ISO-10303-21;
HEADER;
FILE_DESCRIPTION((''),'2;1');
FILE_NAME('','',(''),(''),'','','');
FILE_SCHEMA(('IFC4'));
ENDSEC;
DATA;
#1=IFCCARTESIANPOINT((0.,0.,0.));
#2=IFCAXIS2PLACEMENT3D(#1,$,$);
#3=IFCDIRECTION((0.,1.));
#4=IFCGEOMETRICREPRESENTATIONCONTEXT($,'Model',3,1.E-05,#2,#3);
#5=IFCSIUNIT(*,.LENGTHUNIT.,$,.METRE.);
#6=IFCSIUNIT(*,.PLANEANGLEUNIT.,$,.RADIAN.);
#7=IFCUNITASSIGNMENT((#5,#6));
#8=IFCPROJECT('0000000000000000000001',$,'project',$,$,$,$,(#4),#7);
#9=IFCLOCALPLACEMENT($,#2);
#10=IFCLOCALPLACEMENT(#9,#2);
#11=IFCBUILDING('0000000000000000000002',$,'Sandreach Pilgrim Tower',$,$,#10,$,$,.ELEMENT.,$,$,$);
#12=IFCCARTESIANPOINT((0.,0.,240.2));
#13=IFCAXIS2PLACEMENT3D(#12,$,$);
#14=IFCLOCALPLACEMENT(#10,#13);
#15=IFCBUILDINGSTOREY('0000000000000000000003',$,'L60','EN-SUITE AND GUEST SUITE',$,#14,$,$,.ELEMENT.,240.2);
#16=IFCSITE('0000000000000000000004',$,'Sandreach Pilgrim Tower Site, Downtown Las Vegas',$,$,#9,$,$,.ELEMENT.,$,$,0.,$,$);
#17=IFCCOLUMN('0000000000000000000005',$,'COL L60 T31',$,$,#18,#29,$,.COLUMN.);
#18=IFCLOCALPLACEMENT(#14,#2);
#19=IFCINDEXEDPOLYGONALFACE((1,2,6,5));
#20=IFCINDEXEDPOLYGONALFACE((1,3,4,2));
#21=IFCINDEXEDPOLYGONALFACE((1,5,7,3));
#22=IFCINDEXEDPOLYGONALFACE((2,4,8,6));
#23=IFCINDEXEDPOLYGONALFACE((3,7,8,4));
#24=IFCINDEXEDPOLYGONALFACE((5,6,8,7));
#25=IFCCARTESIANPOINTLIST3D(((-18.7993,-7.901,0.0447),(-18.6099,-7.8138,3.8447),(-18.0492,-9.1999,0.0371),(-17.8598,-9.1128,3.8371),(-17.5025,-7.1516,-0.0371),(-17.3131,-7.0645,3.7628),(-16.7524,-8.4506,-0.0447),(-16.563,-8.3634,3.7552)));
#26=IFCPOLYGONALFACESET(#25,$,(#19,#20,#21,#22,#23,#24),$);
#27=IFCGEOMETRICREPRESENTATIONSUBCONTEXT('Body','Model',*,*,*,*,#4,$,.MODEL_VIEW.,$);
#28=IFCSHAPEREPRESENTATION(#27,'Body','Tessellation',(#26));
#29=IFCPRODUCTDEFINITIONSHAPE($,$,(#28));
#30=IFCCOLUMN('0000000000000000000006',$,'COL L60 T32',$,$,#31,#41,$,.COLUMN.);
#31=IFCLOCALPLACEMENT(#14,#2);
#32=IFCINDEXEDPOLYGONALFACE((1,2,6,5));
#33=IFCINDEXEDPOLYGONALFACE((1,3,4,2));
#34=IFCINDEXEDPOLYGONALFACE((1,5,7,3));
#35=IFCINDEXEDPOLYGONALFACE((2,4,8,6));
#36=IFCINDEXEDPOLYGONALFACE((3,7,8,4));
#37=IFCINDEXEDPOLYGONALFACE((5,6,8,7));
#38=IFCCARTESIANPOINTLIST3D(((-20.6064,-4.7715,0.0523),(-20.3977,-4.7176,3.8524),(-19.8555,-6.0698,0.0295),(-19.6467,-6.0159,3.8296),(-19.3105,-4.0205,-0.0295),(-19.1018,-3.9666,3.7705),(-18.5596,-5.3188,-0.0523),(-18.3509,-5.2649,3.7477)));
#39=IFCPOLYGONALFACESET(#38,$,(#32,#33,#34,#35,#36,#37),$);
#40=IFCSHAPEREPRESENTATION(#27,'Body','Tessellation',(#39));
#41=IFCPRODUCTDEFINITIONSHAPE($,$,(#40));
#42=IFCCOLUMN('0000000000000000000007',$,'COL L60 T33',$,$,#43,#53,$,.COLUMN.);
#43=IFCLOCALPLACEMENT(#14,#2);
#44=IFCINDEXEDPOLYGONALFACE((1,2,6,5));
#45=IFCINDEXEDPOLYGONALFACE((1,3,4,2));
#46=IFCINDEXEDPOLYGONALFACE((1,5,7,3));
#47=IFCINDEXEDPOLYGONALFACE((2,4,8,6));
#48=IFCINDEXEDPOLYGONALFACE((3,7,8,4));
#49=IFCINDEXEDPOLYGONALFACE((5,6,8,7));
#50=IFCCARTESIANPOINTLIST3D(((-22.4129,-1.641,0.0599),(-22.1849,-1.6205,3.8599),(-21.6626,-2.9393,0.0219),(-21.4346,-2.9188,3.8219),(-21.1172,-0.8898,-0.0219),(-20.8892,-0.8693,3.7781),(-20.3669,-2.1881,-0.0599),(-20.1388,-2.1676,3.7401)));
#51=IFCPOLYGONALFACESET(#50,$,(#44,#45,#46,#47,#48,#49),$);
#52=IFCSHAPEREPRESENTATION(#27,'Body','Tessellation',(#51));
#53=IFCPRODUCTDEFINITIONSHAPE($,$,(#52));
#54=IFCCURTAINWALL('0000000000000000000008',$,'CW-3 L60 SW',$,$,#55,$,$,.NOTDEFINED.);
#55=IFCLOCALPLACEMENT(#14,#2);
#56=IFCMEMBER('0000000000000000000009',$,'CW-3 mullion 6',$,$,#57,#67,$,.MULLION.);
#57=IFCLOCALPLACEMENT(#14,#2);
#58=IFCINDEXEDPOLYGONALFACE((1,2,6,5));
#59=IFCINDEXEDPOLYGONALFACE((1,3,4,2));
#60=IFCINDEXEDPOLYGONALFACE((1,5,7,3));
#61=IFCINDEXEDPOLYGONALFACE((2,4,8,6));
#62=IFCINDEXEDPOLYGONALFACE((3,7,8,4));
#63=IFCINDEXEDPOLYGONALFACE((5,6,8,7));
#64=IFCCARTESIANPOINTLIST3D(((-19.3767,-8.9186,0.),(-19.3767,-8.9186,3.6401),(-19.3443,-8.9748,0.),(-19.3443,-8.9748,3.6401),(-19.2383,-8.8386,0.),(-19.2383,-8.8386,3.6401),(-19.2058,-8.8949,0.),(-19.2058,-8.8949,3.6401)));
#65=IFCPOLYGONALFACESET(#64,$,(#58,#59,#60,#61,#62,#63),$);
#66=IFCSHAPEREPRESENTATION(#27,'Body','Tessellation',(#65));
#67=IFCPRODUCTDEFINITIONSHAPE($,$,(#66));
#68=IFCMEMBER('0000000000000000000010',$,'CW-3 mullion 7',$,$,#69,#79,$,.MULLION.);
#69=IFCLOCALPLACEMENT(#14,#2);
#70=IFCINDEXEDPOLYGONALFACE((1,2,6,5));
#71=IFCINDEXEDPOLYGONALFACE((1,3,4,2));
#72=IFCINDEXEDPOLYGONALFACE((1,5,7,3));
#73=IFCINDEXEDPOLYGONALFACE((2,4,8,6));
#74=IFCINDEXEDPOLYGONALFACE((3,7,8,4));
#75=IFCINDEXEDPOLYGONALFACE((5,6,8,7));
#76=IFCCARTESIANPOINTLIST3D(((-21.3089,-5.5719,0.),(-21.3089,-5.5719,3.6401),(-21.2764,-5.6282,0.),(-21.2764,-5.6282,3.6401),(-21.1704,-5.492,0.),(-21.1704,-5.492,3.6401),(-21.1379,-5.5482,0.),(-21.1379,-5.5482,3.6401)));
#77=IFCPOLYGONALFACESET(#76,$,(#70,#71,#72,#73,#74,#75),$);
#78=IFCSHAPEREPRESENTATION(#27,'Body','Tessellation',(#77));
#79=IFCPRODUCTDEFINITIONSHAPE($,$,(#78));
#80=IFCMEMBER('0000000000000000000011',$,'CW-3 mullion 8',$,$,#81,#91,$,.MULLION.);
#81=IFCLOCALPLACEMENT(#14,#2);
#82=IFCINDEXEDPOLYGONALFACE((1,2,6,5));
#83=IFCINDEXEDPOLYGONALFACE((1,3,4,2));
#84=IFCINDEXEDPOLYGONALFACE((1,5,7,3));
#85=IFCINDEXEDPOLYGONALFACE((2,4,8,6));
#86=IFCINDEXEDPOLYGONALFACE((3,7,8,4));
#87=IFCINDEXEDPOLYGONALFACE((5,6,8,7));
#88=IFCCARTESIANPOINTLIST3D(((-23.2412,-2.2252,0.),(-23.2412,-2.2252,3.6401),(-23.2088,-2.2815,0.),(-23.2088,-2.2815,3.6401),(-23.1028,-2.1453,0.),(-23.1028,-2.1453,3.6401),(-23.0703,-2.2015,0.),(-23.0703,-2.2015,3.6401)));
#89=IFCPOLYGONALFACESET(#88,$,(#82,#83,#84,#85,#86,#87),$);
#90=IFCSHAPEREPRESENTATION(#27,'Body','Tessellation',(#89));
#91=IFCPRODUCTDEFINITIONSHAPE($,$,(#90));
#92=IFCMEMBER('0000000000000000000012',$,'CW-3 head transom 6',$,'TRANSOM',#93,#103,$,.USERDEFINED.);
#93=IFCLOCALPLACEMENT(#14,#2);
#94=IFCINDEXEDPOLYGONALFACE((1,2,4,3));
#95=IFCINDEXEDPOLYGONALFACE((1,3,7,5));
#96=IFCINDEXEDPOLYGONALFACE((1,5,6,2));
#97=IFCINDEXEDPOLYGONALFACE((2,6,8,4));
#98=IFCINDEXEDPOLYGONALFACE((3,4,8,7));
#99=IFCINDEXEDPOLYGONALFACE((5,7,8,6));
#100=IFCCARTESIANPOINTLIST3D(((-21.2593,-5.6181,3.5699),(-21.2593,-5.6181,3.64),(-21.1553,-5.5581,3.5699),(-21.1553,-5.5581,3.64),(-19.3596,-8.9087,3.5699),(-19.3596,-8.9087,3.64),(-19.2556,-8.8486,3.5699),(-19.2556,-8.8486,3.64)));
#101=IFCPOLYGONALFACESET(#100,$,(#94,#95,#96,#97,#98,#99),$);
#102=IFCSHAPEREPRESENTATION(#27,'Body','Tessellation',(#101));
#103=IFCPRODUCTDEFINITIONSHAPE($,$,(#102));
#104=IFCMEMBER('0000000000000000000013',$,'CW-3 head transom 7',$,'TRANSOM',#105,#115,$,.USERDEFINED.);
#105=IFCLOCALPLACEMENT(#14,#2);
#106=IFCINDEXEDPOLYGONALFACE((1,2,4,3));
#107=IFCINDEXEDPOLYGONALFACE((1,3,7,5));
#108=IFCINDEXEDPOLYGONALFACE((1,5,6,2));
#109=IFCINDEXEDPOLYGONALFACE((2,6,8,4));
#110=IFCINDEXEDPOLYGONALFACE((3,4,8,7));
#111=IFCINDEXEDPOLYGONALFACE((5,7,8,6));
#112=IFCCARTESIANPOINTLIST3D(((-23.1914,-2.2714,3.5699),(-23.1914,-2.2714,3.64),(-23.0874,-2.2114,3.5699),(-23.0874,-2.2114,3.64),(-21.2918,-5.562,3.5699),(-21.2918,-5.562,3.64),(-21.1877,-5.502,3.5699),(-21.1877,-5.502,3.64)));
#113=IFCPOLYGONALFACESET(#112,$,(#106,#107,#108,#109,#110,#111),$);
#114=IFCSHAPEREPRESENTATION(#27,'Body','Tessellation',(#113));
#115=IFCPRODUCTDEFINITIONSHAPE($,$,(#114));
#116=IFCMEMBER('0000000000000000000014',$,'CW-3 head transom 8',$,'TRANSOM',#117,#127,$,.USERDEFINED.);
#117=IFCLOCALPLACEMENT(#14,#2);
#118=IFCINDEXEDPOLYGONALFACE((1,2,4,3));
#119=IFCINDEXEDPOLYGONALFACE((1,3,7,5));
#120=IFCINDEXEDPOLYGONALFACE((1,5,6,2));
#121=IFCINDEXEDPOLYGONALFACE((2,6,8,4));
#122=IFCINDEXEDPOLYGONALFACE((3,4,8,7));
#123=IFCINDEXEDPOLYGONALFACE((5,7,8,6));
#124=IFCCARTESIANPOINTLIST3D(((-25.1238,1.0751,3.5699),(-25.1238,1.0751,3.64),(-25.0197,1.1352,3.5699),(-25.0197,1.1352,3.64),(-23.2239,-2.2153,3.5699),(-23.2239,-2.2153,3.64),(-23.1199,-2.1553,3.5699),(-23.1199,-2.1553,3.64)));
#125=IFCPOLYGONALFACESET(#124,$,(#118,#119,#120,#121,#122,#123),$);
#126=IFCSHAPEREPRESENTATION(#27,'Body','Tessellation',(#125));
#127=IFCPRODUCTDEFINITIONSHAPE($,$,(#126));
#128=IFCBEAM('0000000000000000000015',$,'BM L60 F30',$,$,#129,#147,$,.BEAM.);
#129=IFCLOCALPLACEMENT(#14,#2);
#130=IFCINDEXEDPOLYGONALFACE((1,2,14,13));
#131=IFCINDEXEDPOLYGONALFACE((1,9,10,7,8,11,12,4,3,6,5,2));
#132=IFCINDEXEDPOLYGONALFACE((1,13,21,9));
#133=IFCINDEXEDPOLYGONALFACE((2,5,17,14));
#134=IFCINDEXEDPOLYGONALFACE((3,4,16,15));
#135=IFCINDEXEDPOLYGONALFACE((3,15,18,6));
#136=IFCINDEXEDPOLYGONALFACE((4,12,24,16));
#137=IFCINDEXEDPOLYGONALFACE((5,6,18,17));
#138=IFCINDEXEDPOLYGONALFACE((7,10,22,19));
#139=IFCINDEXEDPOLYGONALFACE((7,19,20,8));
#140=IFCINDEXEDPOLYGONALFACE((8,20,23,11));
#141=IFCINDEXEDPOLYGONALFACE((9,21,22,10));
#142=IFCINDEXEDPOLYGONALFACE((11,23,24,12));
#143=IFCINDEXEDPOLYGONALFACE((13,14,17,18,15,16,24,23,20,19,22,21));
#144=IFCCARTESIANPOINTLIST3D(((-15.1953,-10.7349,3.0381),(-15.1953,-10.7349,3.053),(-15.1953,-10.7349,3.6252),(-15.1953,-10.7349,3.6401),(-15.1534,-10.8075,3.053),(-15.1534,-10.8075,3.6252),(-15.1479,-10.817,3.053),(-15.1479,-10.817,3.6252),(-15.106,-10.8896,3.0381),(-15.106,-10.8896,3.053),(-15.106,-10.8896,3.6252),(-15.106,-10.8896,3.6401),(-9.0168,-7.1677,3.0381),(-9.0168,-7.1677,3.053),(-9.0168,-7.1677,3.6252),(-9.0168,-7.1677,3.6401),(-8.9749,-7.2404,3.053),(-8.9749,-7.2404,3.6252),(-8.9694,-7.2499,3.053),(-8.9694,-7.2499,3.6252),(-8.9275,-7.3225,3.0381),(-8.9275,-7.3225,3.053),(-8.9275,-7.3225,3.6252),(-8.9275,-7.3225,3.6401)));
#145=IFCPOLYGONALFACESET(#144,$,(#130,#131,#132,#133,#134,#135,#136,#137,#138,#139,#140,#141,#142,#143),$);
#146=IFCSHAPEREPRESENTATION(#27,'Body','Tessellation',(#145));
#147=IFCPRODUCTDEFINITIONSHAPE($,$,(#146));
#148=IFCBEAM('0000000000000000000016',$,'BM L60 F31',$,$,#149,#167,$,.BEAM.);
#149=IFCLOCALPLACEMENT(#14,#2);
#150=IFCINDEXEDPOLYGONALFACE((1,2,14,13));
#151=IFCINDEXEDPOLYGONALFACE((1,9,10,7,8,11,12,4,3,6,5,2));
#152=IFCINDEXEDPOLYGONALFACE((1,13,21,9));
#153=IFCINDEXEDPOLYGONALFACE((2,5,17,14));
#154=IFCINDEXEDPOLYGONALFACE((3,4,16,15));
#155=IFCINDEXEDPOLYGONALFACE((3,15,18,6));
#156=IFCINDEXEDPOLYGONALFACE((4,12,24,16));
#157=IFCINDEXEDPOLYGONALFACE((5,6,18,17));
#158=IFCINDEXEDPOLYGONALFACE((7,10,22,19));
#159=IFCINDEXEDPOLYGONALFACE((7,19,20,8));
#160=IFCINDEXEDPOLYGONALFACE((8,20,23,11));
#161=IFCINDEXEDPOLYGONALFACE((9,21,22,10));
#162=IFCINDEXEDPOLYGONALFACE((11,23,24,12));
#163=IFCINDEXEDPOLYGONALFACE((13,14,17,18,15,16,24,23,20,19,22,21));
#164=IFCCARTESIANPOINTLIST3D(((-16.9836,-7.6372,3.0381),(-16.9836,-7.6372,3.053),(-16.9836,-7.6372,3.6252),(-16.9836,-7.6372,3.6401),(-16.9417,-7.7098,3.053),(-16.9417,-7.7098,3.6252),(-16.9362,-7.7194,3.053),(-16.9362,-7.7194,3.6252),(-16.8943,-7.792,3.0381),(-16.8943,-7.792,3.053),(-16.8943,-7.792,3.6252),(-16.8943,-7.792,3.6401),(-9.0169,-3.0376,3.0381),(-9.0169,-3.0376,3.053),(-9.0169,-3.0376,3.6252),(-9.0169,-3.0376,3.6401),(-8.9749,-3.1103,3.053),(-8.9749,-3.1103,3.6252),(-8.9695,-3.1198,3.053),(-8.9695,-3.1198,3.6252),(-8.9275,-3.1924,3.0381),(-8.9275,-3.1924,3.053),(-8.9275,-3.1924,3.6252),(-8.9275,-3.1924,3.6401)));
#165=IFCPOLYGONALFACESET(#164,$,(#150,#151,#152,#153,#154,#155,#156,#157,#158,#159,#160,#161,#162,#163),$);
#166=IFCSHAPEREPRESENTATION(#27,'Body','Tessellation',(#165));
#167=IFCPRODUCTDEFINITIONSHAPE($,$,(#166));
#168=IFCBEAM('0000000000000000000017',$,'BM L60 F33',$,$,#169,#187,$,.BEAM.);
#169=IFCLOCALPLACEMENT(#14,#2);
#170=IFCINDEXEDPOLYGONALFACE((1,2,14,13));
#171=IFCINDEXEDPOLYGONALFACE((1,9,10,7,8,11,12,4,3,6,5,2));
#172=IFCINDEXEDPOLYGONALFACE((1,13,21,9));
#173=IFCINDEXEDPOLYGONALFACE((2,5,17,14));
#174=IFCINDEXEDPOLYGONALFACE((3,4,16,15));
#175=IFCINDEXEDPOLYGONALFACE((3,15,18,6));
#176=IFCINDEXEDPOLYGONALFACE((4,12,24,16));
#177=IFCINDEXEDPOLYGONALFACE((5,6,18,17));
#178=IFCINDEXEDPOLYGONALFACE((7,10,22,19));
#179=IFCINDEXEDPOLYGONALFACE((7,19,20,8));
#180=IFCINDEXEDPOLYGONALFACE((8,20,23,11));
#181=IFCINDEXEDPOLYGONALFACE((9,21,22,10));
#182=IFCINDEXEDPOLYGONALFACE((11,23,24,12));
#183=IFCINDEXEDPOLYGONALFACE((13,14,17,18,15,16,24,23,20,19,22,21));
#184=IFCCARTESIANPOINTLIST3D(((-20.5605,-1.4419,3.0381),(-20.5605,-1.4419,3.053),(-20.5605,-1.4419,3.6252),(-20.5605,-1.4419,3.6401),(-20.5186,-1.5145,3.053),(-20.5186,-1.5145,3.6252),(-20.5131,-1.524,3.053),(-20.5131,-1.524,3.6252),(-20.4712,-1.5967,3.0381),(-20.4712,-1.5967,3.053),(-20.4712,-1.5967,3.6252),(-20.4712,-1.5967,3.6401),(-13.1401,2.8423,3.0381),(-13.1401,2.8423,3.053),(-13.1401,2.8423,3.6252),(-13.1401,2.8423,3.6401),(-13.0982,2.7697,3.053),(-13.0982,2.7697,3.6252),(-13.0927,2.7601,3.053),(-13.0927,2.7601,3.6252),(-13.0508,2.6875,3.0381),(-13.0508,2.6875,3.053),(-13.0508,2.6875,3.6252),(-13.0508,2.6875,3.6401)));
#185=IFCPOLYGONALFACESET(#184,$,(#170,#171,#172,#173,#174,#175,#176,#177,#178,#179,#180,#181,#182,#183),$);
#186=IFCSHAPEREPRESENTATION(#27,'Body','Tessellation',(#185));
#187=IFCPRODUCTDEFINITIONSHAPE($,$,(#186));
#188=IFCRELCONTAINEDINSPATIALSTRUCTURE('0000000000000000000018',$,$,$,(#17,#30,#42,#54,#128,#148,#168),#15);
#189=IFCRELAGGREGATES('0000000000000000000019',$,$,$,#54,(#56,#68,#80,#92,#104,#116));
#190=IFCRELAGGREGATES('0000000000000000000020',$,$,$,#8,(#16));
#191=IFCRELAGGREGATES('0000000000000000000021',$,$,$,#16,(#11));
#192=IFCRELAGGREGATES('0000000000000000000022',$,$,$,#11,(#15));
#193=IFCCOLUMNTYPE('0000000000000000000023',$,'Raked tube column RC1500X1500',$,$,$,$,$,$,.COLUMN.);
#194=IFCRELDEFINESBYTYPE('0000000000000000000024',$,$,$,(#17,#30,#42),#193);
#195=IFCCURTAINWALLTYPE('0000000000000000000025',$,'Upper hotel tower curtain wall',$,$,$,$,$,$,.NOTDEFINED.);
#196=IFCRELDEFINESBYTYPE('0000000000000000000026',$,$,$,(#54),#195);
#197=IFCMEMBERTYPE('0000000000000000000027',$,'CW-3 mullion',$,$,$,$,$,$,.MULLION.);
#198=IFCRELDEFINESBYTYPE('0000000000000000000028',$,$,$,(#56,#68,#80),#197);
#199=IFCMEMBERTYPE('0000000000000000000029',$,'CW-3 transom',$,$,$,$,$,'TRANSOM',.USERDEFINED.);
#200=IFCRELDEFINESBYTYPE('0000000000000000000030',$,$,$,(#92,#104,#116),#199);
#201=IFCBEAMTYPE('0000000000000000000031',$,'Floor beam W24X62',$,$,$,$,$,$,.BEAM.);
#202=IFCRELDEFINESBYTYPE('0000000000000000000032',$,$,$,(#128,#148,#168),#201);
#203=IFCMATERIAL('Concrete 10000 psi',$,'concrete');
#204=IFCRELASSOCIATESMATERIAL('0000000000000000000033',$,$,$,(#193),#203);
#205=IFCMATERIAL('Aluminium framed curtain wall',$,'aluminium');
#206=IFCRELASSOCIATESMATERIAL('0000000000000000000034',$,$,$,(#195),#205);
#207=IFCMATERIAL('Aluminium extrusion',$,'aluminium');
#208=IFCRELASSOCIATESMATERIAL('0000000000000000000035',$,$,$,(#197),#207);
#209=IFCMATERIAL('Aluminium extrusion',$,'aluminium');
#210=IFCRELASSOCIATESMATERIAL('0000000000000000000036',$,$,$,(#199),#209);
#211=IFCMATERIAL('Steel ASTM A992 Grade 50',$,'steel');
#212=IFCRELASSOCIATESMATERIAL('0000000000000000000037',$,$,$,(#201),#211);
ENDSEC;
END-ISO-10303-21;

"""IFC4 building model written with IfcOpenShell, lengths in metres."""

from ifc_helpers import new_model, si_unit, direction, frame, origin, origin_2d, place, context, subcontext, project, spatial, rectangle, i_section, extrude, material, material_profile, profile_set, type_object, element, aggregate, save


model = new_model("IFC4")

# Units and contexts
model_context = context("Model", 3, precision=1e-05, world=origin(), true_north=direction((0.0, 1.0)))
body_context = subcontext(model_context, "Body", "Model", "MODEL_VIEW")
ifc_project = project(units=[si_unit("LENGTHUNIT", "METRE"), si_unit("PLANEANGLEUNIT", "RADIAN")], contexts=[model_context])

# Site, building, storey
site_placement = place(None, origin())
site = spatial("IfcSite", under=ifc_project, at=site_placement, Name="Sandreach Pilgrim Tower Site, Downtown Las Vegas", CompositionType="ELEMENT", RefElevation=0.0)
building_placement = place(site_placement, origin())
building = spatial("IfcBuilding", under=site, at=building_placement, Name="Sandreach Pilgrim Tower", CompositionType="ELEMENT")
storey_placement = place(building_placement, frame((0.0, 0.0, 240.2)))
storey = spatial("IfcBuildingStorey", under=building, at=storey_placement, Name="L60", Description="EN-SUITE AND GUEST SUITE", CompositionType="ELEMENT", Elevation=240.2)

# Columns
ifc_material_1 = material(Name="Concrete 10000 psi", Category="concrete")
ifc_material_profile_1 = material_profile(ifc_material_1, rectangle(XDim=1.5, YDim=1.5, at=origin_2d()), Name="RC1500X1500")
ifc_profile_set_1 = profile_set([ifc_material_profile_1], Name="Concrete 10000 psi")
column_type = type_object("IfcColumnType", Name="Raked tube column RC1500X1500", PredefinedType="COLUMN", material=ifc_profile_set_1)
column_1_placement = place(storey_placement, frame((-17.7759, -8.1758, 0.0), z_axis=(0.049781, 0.022902, 0.998498), x_axis=(-0.86455, -0.499575, 0.054561)))
element("IfcColumn", 1, at=column_1_placement, inside=storey, type_object=column_type, Name="COL L60 T31", PredefinedType="COLUMN", context=body_context, shape_type="SweptSolid", body=[
    extrude(rectangle(XDim=1.5, YDim=1.5, at=origin_2d()), origin(), (0.0, 0.0, 1.0), 3.8057),
])
column_2_placement = place(storey_placement, frame((-19.583, -5.0452, 0.0), z_axis=(0.054843, 0.014176, 0.998394), x_axis=(-0.863919, -0.500666, 0.054565)))
element("IfcColumn", 2, at=column_2_placement, inside=storey, type_object=column_type, Name="COL L60 T32", PredefinedType="COLUMN", context=body_context, shape_type="SweptSolid", body=[
    extrude(rectangle(XDim=1.5, YDim=1.5, at=origin_2d()), origin(), (0.0, 0.0, 1.0), 3.8062),
])
column_3_placement = place(storey_placement, frame((-21.3899, -1.9146, 0.0), z_axis=(0.059898, 0.005387, 0.99819), x_axis=(-0.863829, -0.500825, 0.054538)))
element("IfcColumn", 3, at=column_3_placement, inside=storey, type_object=column_type, Name="COL L60 T33", PredefinedType="COLUMN", context=body_context, shape_type="SweptSolid", body=[
    extrude(rectangle(XDim=1.5, YDim=1.5, at=origin_2d()), origin(), (0.0, 0.0, 1.0), 3.8069),
])

# Curtain wall, members
ifc_material_2 = material(Name="Aluminium framed curtain wall", Category="aluminium")
curtain_wall_type = type_object("IfcCurtainWallType", Name="Upper hotel tower curtain wall", PredefinedType="NOTDEFINED", material=ifc_material_2)
curtain_wall_placement = place(storey_placement, origin())
curtain_wall = element("IfcCurtainWall", 4, at=curtain_wall_placement, inside=storey, type_object=curtain_wall_type, Name="CW-3 L60 SW", PredefinedType="NOTDEFINED")
ifc_material_3 = material(Name="Aluminium extrusion", Category="aluminium")
ifc_material_profile_2 = material_profile(ifc_material_3, rectangle(XDim=0.0649, YDim=0.1599, at=origin_2d()), Name="CW-3M 65X160")
ifc_profile_set_2 = profile_set([ifc_material_profile_2], Name="Aluminium extrusion")
member_type_1 = type_object("IfcMemberType", Name="CW-3 mullion", PredefinedType="MULLION", material=ifc_profile_set_2)
member_1_placement = place(storey_placement, frame((-19.2913, -8.9067, 0.0), z_axis=(0.0, 0.0, 1.0), x_axis=(-0.5, 0.866025, 0.0)))
member_1 = element("IfcMember", 5, at=member_1_placement, type_object=member_type_1, Name="CW-3 mullion 6", PredefinedType="MULLION", context=body_context, shape_type="SweptSolid", body=[
    extrude(rectangle(XDim=0.0649, YDim=0.1599, at=origin_2d()), origin(), (0.0, 0.0, 1.0), 3.6401),
])
member_2_placement = place(storey_placement, frame((-21.2234, -5.5601, 0.0), z_axis=(0.0, 0.0, 1.0), x_axis=(-0.5, 0.866025, 0.0)))
member_2 = element("IfcMember", 6, at=member_2_placement, type_object=member_type_1, Name="CW-3 mullion 7", PredefinedType="MULLION", context=body_context, shape_type="SweptSolid", body=[
    extrude(rectangle(XDim=0.0649, YDim=0.1599, at=origin_2d()), origin(), (0.0, 0.0, 1.0), 3.6401),
])
member_3_placement = place(storey_placement, frame((-23.1558, -2.2134, 0.0), z_axis=(0.0, 0.0, 1.0), x_axis=(-0.5, 0.866025, 0.0)))
member_3 = element("IfcMember", 7, at=member_3_placement, type_object=member_type_1, Name="CW-3 mullion 8", PredefinedType="MULLION", context=body_context, shape_type="SweptSolid", body=[
    extrude(rectangle(XDim=0.0649, YDim=0.1599, at=origin_2d()), origin(), (0.0, 0.0, 1.0), 3.6401),
])
ifc_material_4 = material(Name="Aluminium extrusion", Category="aluminium")
ifc_material_profile_3 = material_profile(ifc_material_4, rectangle(XDim=0.1201, YDim=0.0701, at=origin_2d()), Name="CW-3T 120X70")
ifc_profile_set_3 = profile_set([ifc_material_profile_3], Name="Aluminium extrusion")
member_type_2 = type_object("IfcMemberType", Name="CW-3 transom", ElementType="TRANSOM", PredefinedType="USERDEFINED", material=ifc_profile_set_3)
member_4_placement = place(storey_placement, frame((-19.3076, -8.8787, 3.605), z_axis=(-0.499975, 0.86604, 0.0), x_axis=(-0.86604, -0.499975, 0.0)))
member_4 = element("IfcMember", 8, at=member_4_placement, type_object=member_type_2, Name="CW-3 head transom 6", ObjectType="TRANSOM", PredefinedType="USERDEFINED", context=body_context, shape_type="SweptSolid", body=[
    extrude(rectangle(XDim=0.1201, YDim=0.0701, at=origin_2d()), origin(), (0.0, 0.0, 1.0), 3.7996),
])
member_5_placement = place(storey_placement, frame((-21.2397, -5.532, 3.605), z_axis=(-0.499975, 0.86604, 0.0), x_axis=(-0.86604, -0.499975, 0.0)))
member_5 = element("IfcMember", 9, at=member_5_placement, type_object=member_type_2, Name="CW-3 head transom 7", ObjectType="TRANSOM", PredefinedType="USERDEFINED", context=body_context, shape_type="SweptSolid", body=[
    extrude(rectangle(XDim=0.1201, YDim=0.0701, at=origin_2d()), origin(), (0.0, 0.0, 1.0), 3.7996),
])
member_6_placement = place(storey_placement, frame((-23.1719, -2.1853, 3.605), z_axis=(-0.500023, 0.866012, 0.0), x_axis=(-0.866012, -0.500023, 0.0)))
member_6 = element("IfcMember", 10, at=member_6_placement, type_object=member_type_2, Name="CW-3 head transom 8", ObjectType="TRANSOM", PredefinedType="USERDEFINED", context=body_context, shape_type="SweptSolid", body=[
    extrude(rectangle(XDim=0.1201, YDim=0.0701, at=origin_2d()), origin(), (0.0, 0.0, 1.0), 3.7996),
])

# Beams
ifc_material_5 = material(Name="Steel ASTM A992 Grade 50", Category="steel")
ifc_material_profile_4 = material_profile(ifc_material_5, i_section(OverallWidth=0.1787, OverallDepth=0.6021, WebThickness=0.011, FlangeThickness=0.0149, at=origin_2d()), Name="W24X62")
ifc_profile_set_4 = profile_set([ifc_material_profile_4], Name="Steel ASTM A992 Grade 50")
beam_type_1 = type_object("IfcBeamType", Name="Floor beam W24X62", PredefinedType="BEAM", material=ifc_profile_set_4)
beam_1_placement = place(storey_placement, frame((-15.1506, -10.8123, 3.3391), z_axis=(0.866025, 0.5, 0.0), x_axis=(-0.5, 0.866025, 0.0)))
element("IfcBeam", 11, at=beam_1_placement, inside=storey, type_object=beam_type_1, Name="BM L60 F30", PredefinedType="BEAM", context=body_context, shape_type="SweptSolid", body=[
    extrude(i_section(OverallWidth=0.1787, OverallDepth=0.6021, WebThickness=0.011, FlangeThickness=0.0149, at=origin_2d()), origin(), (0.0, 0.0, 1.0), 7.1343),
])
beam_2_placement = place(storey_placement, frame((-16.939, -7.7146, 3.3391), z_axis=(0.866026, 0.499998, 0.0), x_axis=(-0.499998, 0.866026, 0.0)))
element("IfcBeam", 12, at=beam_2_placement, inside=storey, type_object=beam_type_1, Name="BM L60 F31", PredefinedType="BEAM", context=body_context, shape_type="SweptSolid", body=[
    extrude(i_section(OverallWidth=0.1787, OverallDepth=0.6021, WebThickness=0.011, FlangeThickness=0.0149, at=origin_2d()), origin(), (0.0, 0.0, 1.0), 9.1992),
])
beam_3_placement = place(storey_placement, frame((-20.5159, -1.5193, 3.3391), z_axis=(0.866025, 0.5, 0.0), x_axis=(-0.5, 0.866025, 0.0)))
element("IfcBeam", 13, at=beam_3_placement, inside=storey, type_object=beam_type_1, Name="BM L60 F33", PredefinedType="BEAM", context=body_context, shape_type="SweptSolid", body=[
    extrude(i_section(OverallWidth=0.1787, OverallDepth=0.6021, WebThickness=0.011, FlangeThickness=0.0149, at=origin_2d()), origin(), (0.0, 0.0, 1.0), 8.5684),
])

aggregate(curtain_wall, [member_1, member_2, member_3, member_4, member_5, member_6])

save(model, "model.ifc")
